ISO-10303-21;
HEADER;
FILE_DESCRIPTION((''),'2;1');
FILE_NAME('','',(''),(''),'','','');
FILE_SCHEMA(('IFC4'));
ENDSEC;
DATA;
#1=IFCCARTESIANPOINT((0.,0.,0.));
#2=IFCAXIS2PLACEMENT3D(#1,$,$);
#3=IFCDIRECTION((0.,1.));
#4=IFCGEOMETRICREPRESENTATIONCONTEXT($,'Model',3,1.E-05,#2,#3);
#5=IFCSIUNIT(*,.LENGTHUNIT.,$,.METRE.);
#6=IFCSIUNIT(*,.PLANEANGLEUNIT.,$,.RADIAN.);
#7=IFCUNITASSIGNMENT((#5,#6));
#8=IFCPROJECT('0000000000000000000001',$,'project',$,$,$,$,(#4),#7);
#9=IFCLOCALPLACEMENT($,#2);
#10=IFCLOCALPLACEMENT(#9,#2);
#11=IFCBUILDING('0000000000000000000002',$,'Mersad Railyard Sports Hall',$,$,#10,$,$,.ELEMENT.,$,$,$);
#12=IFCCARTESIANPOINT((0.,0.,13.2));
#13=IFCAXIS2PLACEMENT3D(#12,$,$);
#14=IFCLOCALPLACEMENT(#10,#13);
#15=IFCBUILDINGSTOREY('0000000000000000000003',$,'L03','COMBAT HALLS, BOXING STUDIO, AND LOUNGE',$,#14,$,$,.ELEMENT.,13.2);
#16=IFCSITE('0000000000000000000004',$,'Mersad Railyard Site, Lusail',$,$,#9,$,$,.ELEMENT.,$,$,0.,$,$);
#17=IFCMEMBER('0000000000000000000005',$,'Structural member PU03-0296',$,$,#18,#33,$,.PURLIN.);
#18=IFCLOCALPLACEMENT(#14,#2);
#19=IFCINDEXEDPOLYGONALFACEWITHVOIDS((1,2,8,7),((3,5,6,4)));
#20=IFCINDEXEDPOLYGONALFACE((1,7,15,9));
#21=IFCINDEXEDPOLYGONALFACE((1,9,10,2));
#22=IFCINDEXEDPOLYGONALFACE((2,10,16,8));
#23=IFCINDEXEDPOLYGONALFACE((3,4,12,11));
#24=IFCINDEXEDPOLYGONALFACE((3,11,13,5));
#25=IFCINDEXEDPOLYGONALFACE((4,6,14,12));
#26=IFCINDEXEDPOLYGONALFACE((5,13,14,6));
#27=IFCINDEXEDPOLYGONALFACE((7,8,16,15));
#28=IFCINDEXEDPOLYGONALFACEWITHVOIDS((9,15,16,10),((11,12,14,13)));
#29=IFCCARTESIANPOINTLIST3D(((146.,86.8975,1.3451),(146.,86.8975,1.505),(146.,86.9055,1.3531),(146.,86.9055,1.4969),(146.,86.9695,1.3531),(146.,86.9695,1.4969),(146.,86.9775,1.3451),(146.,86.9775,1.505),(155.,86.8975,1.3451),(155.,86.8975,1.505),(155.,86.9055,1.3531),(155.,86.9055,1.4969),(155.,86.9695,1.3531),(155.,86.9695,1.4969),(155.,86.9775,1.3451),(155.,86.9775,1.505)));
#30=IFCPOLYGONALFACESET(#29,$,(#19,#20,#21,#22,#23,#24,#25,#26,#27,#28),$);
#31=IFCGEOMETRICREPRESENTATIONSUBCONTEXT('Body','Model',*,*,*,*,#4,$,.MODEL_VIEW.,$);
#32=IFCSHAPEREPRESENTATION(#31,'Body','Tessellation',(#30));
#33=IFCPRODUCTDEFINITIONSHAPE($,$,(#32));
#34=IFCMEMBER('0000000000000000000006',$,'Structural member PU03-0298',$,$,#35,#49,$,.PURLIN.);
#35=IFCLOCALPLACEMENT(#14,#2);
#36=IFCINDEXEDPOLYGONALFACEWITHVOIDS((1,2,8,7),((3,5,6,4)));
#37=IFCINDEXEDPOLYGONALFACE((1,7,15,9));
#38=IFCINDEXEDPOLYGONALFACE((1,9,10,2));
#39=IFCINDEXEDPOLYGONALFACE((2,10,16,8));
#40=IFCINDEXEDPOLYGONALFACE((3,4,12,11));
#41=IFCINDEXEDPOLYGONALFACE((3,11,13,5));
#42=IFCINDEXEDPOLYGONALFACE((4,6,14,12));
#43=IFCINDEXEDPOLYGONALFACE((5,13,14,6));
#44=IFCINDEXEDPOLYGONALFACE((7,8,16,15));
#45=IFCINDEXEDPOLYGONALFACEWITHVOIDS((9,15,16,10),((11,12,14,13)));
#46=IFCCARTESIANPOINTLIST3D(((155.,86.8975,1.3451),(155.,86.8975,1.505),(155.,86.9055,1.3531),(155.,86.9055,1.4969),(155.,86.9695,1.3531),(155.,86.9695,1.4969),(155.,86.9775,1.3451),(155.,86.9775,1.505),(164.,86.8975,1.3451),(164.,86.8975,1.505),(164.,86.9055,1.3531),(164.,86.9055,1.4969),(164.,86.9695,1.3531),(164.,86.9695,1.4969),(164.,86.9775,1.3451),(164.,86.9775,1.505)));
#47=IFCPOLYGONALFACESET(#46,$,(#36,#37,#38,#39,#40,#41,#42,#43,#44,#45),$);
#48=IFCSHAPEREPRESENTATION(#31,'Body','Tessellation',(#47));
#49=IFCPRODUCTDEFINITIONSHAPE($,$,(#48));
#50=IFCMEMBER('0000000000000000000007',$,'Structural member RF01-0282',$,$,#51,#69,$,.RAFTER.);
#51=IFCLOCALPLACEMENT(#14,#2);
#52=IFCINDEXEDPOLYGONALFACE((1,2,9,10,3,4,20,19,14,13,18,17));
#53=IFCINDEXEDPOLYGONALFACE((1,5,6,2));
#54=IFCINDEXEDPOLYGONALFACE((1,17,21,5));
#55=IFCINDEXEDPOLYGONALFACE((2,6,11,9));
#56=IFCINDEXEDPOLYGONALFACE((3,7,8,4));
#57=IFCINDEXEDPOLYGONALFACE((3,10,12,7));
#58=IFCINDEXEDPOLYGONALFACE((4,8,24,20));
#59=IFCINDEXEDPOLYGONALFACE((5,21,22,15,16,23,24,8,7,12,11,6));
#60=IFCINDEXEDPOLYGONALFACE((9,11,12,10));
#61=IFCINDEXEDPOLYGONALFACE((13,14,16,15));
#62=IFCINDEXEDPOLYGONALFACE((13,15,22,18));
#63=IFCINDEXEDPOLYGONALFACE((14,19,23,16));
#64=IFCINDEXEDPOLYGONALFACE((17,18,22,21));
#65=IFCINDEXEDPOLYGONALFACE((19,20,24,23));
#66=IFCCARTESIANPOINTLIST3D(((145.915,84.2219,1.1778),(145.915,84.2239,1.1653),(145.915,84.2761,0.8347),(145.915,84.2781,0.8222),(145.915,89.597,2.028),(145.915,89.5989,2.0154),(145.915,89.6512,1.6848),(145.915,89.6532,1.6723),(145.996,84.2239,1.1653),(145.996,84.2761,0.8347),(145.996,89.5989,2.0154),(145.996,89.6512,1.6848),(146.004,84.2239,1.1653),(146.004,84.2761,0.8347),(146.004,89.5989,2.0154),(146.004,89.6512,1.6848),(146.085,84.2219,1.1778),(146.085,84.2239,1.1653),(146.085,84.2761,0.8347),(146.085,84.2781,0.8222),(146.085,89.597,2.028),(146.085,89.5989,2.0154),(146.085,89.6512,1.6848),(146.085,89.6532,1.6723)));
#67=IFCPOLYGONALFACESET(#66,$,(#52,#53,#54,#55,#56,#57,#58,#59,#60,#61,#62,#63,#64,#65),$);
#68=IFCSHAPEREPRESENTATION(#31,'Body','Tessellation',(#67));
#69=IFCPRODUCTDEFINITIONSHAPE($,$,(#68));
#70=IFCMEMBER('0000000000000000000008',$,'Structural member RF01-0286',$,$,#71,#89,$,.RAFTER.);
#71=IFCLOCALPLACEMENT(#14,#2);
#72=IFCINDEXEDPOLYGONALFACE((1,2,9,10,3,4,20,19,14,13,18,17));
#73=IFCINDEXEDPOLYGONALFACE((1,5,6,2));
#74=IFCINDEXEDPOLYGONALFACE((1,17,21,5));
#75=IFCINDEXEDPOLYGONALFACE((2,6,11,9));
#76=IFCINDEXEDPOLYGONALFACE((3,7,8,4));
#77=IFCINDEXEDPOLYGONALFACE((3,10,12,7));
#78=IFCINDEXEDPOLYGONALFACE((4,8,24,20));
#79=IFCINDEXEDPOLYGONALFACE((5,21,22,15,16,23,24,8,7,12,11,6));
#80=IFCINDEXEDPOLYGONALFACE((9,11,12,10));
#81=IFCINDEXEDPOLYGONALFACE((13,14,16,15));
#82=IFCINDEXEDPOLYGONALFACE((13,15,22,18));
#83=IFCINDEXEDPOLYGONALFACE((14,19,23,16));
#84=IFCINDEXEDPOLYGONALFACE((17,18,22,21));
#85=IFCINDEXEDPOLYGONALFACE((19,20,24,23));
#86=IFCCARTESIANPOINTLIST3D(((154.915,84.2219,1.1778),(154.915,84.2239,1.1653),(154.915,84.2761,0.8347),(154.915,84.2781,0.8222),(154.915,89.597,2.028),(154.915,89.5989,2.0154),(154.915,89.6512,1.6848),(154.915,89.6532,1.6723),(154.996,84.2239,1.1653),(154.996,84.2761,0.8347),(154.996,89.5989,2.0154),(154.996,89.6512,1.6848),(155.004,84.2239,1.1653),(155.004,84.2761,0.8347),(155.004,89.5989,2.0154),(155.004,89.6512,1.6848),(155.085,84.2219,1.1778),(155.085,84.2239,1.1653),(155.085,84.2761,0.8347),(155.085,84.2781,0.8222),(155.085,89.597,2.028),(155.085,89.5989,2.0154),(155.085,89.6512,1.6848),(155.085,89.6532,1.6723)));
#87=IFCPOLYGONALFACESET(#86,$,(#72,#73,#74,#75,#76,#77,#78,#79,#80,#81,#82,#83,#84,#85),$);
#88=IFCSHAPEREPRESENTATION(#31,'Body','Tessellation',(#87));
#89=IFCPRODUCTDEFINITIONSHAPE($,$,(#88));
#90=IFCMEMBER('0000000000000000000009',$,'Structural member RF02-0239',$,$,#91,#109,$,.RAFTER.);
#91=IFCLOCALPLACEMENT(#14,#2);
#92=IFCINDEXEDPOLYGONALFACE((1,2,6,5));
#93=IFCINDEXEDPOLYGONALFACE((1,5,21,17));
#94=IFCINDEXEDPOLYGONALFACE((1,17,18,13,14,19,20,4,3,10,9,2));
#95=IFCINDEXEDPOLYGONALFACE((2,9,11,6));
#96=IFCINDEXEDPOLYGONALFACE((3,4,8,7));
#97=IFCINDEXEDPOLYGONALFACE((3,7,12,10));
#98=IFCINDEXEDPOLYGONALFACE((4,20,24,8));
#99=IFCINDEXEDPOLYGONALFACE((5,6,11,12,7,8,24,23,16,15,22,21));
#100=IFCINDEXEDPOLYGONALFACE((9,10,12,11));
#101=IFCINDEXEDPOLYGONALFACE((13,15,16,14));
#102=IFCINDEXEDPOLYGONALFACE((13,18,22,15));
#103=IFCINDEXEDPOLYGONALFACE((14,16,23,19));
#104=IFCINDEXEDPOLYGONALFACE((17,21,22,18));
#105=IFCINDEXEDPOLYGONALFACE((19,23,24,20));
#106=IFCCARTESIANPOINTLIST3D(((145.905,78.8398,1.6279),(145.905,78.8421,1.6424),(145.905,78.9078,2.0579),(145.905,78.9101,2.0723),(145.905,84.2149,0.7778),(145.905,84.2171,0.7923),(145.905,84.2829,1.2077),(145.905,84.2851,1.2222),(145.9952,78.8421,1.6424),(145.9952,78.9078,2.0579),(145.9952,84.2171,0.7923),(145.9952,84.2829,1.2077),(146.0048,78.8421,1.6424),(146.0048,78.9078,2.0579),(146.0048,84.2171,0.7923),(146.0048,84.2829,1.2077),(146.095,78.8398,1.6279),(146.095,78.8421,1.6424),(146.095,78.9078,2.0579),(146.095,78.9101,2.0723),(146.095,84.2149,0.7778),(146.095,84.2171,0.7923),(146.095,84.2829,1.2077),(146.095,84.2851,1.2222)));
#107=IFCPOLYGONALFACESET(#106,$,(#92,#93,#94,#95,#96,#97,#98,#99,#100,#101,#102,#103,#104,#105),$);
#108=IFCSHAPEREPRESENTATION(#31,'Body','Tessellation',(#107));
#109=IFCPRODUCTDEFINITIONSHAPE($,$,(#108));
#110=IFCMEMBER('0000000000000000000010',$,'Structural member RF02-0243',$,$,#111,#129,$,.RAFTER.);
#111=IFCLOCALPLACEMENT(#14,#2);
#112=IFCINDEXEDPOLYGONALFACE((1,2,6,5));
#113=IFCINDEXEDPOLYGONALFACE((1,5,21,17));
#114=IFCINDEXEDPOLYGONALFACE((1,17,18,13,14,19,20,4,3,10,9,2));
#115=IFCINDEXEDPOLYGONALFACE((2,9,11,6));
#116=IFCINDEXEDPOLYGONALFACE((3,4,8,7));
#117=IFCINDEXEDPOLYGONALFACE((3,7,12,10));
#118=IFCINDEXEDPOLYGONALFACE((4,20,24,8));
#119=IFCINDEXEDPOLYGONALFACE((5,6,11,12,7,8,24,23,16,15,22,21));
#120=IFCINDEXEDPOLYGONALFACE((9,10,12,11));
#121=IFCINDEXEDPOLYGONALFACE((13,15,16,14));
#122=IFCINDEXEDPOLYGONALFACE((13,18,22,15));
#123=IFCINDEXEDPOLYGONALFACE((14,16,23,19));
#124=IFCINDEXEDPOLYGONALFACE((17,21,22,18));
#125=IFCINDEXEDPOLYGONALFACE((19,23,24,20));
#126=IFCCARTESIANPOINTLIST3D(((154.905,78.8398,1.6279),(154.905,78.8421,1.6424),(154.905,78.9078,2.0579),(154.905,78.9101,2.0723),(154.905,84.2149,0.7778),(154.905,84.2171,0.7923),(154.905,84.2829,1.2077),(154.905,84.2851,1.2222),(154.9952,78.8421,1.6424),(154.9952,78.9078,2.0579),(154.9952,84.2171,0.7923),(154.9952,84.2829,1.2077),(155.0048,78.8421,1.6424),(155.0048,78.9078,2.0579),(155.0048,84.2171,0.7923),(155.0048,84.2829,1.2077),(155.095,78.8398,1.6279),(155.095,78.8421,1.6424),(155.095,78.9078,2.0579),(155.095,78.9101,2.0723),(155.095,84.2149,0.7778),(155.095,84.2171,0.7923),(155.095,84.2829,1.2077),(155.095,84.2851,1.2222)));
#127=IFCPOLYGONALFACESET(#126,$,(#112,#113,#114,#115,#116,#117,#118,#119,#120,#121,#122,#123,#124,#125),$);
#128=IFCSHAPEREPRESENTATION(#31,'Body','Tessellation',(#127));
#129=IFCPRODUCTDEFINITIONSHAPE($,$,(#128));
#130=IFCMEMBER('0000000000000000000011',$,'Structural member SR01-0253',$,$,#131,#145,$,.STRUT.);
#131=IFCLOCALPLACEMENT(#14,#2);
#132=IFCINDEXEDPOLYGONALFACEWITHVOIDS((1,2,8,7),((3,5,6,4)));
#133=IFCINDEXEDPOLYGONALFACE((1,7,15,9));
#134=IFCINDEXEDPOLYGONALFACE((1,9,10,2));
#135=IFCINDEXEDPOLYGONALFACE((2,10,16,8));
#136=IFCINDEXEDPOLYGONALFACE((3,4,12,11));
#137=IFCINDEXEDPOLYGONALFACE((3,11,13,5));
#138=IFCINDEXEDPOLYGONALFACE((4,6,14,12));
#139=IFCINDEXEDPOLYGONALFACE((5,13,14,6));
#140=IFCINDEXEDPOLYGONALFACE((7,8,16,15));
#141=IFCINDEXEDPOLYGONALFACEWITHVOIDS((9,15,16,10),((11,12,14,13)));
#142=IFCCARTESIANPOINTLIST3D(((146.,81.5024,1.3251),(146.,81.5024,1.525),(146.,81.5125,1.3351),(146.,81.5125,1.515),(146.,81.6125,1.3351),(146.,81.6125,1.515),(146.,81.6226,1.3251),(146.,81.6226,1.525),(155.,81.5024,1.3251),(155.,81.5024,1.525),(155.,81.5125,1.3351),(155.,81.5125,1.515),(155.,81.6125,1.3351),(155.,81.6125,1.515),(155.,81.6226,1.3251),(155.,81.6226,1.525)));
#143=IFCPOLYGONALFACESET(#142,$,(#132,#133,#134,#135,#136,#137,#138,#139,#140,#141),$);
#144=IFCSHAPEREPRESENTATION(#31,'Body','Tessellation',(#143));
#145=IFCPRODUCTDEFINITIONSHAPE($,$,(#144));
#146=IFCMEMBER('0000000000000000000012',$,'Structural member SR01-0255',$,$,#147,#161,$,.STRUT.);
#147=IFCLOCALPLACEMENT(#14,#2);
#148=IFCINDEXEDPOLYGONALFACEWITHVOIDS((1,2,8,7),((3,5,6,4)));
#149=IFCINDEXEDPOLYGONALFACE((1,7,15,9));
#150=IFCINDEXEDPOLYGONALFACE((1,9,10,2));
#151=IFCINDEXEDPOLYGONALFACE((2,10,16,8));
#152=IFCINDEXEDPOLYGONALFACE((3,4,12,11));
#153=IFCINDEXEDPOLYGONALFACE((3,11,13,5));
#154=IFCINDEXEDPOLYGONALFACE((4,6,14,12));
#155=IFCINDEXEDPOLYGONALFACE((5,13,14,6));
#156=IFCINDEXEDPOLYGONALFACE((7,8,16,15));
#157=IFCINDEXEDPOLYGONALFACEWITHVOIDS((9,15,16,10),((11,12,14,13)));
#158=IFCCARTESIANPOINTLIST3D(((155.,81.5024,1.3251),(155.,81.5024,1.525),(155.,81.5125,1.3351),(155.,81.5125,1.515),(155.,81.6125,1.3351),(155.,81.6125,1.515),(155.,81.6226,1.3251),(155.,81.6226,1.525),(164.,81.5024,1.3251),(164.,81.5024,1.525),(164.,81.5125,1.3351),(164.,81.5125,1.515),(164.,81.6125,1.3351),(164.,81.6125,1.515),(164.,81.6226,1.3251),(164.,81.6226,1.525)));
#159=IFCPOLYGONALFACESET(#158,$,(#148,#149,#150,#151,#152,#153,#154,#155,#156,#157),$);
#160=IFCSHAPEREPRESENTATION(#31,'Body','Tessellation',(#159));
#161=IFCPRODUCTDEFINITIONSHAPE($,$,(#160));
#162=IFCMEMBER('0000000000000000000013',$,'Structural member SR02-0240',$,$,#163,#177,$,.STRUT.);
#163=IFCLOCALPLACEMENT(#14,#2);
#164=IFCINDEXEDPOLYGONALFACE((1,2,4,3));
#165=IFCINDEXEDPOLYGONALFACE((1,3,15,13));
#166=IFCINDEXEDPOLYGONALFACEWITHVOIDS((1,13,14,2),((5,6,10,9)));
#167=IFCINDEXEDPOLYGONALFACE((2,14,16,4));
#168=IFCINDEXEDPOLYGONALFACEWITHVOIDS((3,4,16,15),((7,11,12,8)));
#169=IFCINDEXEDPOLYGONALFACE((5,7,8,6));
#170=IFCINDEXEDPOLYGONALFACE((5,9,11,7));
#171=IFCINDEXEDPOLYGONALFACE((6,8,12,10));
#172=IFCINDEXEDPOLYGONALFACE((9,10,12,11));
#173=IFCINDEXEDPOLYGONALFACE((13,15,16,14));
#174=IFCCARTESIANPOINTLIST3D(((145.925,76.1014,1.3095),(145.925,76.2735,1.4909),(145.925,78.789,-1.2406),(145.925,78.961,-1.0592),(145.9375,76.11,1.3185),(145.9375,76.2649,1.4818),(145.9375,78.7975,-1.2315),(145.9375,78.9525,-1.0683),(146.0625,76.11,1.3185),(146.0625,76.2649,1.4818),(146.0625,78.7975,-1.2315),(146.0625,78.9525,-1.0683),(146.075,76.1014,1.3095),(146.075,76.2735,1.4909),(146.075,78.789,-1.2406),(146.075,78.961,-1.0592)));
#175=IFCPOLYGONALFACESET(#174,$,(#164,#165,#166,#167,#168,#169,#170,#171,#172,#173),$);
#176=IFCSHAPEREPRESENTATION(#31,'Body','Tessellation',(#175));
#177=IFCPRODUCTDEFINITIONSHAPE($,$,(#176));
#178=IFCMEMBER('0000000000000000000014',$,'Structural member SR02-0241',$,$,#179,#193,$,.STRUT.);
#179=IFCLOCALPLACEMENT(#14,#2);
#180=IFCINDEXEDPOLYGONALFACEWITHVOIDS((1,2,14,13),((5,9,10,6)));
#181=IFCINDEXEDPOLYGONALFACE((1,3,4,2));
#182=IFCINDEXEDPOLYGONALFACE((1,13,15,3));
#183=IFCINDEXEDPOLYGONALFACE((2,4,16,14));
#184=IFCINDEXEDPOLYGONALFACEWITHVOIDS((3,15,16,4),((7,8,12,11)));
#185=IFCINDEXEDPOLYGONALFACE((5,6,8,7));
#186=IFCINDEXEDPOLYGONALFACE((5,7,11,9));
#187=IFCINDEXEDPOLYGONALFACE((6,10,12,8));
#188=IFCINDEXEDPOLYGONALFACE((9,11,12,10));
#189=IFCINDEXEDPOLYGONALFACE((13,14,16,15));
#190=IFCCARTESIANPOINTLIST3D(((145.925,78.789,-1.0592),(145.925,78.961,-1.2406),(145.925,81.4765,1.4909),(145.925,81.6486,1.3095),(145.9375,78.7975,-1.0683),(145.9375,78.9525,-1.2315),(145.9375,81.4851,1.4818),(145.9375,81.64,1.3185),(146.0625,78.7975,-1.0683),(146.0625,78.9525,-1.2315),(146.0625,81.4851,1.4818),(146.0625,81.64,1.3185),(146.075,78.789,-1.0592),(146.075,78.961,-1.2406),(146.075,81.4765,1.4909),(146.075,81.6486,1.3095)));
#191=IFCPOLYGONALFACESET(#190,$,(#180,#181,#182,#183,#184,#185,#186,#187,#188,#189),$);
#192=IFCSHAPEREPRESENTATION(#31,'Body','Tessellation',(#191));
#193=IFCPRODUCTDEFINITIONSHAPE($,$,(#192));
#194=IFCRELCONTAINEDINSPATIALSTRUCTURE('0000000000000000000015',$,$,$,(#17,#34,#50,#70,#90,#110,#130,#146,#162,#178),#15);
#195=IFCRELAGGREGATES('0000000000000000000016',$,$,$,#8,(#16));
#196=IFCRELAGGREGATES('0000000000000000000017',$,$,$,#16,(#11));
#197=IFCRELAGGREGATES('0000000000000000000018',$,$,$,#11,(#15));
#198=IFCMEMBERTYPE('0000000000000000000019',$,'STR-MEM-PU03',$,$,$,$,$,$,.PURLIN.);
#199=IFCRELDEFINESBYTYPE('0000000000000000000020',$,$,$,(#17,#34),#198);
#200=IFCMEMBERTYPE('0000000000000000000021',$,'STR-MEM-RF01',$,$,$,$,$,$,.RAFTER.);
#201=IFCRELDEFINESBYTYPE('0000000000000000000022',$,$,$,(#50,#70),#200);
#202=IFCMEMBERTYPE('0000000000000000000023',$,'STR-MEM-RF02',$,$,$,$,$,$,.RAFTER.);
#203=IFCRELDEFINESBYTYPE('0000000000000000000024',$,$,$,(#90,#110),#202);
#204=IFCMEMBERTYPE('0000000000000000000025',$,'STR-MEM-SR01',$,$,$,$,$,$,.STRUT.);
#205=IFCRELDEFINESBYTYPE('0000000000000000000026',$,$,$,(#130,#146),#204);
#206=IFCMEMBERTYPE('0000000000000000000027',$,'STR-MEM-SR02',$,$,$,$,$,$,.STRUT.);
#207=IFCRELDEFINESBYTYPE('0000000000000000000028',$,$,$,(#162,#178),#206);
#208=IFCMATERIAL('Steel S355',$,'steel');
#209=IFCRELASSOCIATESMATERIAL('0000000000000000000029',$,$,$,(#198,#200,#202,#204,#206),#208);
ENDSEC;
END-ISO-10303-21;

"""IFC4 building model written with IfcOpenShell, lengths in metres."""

from ifc_helpers import new_model, si_unit, direction, frame, origin, origin_2d, place, context, subcontext, project, spatial, hollow_rectangle, i_section, extrude, material, material_profile, profile_set, type_object, element, save


model = new_model("IFC4")

# Units and contexts
model_context = context("Model", 3, precision=1e-05, world=origin(), true_north=direction((0.0, 1.0)))
body_context = subcontext(model_context, "Body", "Model", "MODEL_VIEW")
ifc_project = project(units=[si_unit("LENGTHUNIT", "METRE"), si_unit("PLANEANGLEUNIT", "RADIAN")], contexts=[model_context])

# Site, building, storey
site_placement = place(None, origin())
site = spatial("IfcSite", under=ifc_project, at=site_placement, Name="Mersad Railyard Site, Lusail", CompositionType="ELEMENT", RefElevation=0.0)
building_placement = place(site_placement, origin())
building = spatial("IfcBuilding", under=site, at=building_placement, Name="Mersad Railyard Sports Hall", CompositionType="ELEMENT")
storey_placement = place(building_placement, frame((0.0, 0.0, 13.2)))
storey = spatial("IfcBuildingStorey", under=building, at=storey_placement, Name="L03", Description="COMBAT HALLS, BOXING STUDIO, AND LOUNGE", CompositionType="ELEMENT", Elevation=13.2)

# Members
ifc_material_1 = material(Name="Steel S355", Category="steel")
ifc_material_profile_1 = material_profile(ifc_material_1, hollow_rectangle(XDim=0.0801, YDim=0.1599, WallThickness=0.0081, at=origin_2d()), Name="RHS 160x80x8")
ifc_profile_set_1 = profile_set([ifc_material_profile_1], Name="Steel S355")
member_type_1 = type_object("IfcMemberType", Name="STR-MEM-PU03", PredefinedType="PURLIN", material=ifc_profile_set_1)
for number, where, z_axis, x_axis, name in (
    (1, (146.0, 86.9375, 1.425), (1.0, 0.0, 0.0), (0.0, 1.0, 0.0), "Structural member PU03-0296"),
    (2, (155.0, 86.9375, 1.425), (1.0, 0.0, 0.0), (0.0, 1.0, 0.0), "Structural member PU03-0298"),
):
    element("IfcMember", number, at=place(storey_placement, frame(where, z_axis=z_axis, x_axis=x_axis)), inside=storey, type_object=member_type_1, Name=name, PredefinedType="PURLIN", context=body_context, shape_type="SweptSolid", body=[
        extrude(hollow_rectangle(XDim=0.0801, YDim=0.1599, WallThickness=0.0081, at=origin_2d()), origin(), (0.0, 0.0, 1.0), 9.0),
    ])
ifc_material_profile_2 = material_profile(ifc_material_1, i_section(OverallWidth=0.1699, OverallDepth=0.3601, WebThickness=0.0081, FlangeThickness=0.0127, at=origin_2d()), Name="IPE 360")
ifc_profile_set_2 = profile_set([ifc_material_profile_2], Name="Steel S355")
member_type_2 = type_object("IfcMemberType", Name="STR-MEM-RF01", PredefinedType="RAFTER", material=ifc_profile_set_2)
for number, where, z_axis, x_axis, name in (
    (3, (146.0, 84.25, 1.0), (0.0, 0.987723, 0.156216), (-1.0, 0.0, 0.0), "Structural member RF01-0282"),
    (4, (155.0, 84.25, 1.0), (0.0, 0.987723, 0.156216), (-1.0, 0.0, 0.0), "Structural member RF01-0286"),
):
    element("IfcMember", number, at=place(storey_placement, frame(where, z_axis=z_axis, x_axis=x_axis)), inside=storey, type_object=member_type_2, Name=name, PredefinedType="RAFTER", context=body_context, shape_type="SweptSolid", body=[
        extrude(i_section(OverallWidth=0.1699, OverallDepth=0.3601, WebThickness=0.0081, FlangeThickness=0.0127, at=origin_2d()), origin(), (0.0, 0.0, 1.0), 5.4419),
    ])
ifc_material_profile_3 = material_profile(ifc_material_1, i_section(OverallWidth=0.1899, OverallDepth=0.45, WebThickness=0.0095, FlangeThickness=0.0146, at=origin_2d()), Name="IPE 450")
ifc_profile_set_3 = profile_set([ifc_material_profile_3], Name="Steel S355")
member_type_3 = type_object("IfcMemberType", Name="STR-MEM-RF02", PredefinedType="RAFTER", material=ifc_profile_set_3)
for number, where, z_axis, x_axis, name in (
    (5, (146.0, 84.25, 1.0), (0.0, -0.987723, 0.156216), (1.0, 0.0, 0.0), "Structural member RF02-0239"),
    (6, (155.0, 84.25, 1.0), (0.0, -0.987723, 0.156216), (1.0, 0.0, 0.0), "Structural member RF02-0243"),
):
    element("IfcMember", number, at=place(storey_placement, frame(where, z_axis=z_axis, x_axis=x_axis)), inside=storey, type_object=member_type_3, Name=name, PredefinedType="RAFTER", context=body_context, shape_type="SweptSolid", body=[
        extrude(i_section(OverallWidth=0.1899, OverallDepth=0.45, WebThickness=0.0095, FlangeThickness=0.0146, at=origin_2d()), origin(), (0.0, 0.0, 1.0), 5.4419),
    ])
ifc_material_profile_4 = material_profile(ifc_material_1, hollow_rectangle(XDim=0.1201, YDim=0.2, WallThickness=0.01, at=origin_2d()), Name="RHS 200x120x10")
ifc_profile_set_4 = profile_set([ifc_material_profile_4], Name="Steel S355")
member_type_4 = type_object("IfcMemberType", Name="STR-MEM-SR01", PredefinedType="STRUT", material=ifc_profile_set_4)
for number, where, z_axis, x_axis, name in (
    (7, (146.0, 81.5625, 1.425), (1.0, 0.0, 0.0), (0.0, 1.0, 0.0), "Structural member SR01-0253"),
    (8, (155.0, 81.5625, 1.425), (1.0, 0.0, 0.0), (0.0, 1.0, 0.0), "Structural member SR01-0255"),
):
    element("IfcMember", number, at=place(storey_placement, frame(where, z_axis=z_axis, x_axis=x_axis)), inside=storey, type_object=member_type_4, Name=name, PredefinedType="STRUT", context=body_context, shape_type="SweptSolid", body=[
        extrude(hollow_rectangle(XDim=0.1201, YDim=0.2, WallThickness=0.01, at=origin_2d()), origin(), (0.0, 0.0, 1.0), 9.0),
    ])
ifc_material_profile_5 = material_profile(ifc_material_1, hollow_rectangle(XDim=0.1499, YDim=0.25, WallThickness=0.0125, at=origin_2d()), Name="RHS 250x150x12.5")
ifc_profile_set_5 = profile_set([ifc_material_profile_5], Name="Steel S355")
member_type_5 = type_object("IfcMemberType", Name="STR-MEM-SR02", PredefinedType="STRUT", material=ifc_profile_set_5)
for number, where, z_axis, x_axis, name in (
    (9, (146.0, 78.875, -1.1499), (0.0, -0.725414, 0.688313), (1.0, 0.0, 0.0), "Structural member SR02-0240"),
    (10, (146.0, 78.875, -1.1499), (0.0, 0.725414, 0.688313), (-1.0, 0.0, 0.0), "Structural member SR02-0241"),
):
    element("IfcMember", number, at=place(storey_placement, frame(where, z_axis=z_axis, x_axis=x_axis)), inside=storey, type_object=member_type_5, Name=name, PredefinedType="STRUT", context=body_context, shape_type="SweptSolid", body=[
        extrude(hollow_rectangle(XDim=0.1499, YDim=0.25, WallThickness=0.0125, at=origin_2d()), origin(), (0.0, 0.0, 1.0), 3.7048),
    ])

save(model, "model.ifc")
